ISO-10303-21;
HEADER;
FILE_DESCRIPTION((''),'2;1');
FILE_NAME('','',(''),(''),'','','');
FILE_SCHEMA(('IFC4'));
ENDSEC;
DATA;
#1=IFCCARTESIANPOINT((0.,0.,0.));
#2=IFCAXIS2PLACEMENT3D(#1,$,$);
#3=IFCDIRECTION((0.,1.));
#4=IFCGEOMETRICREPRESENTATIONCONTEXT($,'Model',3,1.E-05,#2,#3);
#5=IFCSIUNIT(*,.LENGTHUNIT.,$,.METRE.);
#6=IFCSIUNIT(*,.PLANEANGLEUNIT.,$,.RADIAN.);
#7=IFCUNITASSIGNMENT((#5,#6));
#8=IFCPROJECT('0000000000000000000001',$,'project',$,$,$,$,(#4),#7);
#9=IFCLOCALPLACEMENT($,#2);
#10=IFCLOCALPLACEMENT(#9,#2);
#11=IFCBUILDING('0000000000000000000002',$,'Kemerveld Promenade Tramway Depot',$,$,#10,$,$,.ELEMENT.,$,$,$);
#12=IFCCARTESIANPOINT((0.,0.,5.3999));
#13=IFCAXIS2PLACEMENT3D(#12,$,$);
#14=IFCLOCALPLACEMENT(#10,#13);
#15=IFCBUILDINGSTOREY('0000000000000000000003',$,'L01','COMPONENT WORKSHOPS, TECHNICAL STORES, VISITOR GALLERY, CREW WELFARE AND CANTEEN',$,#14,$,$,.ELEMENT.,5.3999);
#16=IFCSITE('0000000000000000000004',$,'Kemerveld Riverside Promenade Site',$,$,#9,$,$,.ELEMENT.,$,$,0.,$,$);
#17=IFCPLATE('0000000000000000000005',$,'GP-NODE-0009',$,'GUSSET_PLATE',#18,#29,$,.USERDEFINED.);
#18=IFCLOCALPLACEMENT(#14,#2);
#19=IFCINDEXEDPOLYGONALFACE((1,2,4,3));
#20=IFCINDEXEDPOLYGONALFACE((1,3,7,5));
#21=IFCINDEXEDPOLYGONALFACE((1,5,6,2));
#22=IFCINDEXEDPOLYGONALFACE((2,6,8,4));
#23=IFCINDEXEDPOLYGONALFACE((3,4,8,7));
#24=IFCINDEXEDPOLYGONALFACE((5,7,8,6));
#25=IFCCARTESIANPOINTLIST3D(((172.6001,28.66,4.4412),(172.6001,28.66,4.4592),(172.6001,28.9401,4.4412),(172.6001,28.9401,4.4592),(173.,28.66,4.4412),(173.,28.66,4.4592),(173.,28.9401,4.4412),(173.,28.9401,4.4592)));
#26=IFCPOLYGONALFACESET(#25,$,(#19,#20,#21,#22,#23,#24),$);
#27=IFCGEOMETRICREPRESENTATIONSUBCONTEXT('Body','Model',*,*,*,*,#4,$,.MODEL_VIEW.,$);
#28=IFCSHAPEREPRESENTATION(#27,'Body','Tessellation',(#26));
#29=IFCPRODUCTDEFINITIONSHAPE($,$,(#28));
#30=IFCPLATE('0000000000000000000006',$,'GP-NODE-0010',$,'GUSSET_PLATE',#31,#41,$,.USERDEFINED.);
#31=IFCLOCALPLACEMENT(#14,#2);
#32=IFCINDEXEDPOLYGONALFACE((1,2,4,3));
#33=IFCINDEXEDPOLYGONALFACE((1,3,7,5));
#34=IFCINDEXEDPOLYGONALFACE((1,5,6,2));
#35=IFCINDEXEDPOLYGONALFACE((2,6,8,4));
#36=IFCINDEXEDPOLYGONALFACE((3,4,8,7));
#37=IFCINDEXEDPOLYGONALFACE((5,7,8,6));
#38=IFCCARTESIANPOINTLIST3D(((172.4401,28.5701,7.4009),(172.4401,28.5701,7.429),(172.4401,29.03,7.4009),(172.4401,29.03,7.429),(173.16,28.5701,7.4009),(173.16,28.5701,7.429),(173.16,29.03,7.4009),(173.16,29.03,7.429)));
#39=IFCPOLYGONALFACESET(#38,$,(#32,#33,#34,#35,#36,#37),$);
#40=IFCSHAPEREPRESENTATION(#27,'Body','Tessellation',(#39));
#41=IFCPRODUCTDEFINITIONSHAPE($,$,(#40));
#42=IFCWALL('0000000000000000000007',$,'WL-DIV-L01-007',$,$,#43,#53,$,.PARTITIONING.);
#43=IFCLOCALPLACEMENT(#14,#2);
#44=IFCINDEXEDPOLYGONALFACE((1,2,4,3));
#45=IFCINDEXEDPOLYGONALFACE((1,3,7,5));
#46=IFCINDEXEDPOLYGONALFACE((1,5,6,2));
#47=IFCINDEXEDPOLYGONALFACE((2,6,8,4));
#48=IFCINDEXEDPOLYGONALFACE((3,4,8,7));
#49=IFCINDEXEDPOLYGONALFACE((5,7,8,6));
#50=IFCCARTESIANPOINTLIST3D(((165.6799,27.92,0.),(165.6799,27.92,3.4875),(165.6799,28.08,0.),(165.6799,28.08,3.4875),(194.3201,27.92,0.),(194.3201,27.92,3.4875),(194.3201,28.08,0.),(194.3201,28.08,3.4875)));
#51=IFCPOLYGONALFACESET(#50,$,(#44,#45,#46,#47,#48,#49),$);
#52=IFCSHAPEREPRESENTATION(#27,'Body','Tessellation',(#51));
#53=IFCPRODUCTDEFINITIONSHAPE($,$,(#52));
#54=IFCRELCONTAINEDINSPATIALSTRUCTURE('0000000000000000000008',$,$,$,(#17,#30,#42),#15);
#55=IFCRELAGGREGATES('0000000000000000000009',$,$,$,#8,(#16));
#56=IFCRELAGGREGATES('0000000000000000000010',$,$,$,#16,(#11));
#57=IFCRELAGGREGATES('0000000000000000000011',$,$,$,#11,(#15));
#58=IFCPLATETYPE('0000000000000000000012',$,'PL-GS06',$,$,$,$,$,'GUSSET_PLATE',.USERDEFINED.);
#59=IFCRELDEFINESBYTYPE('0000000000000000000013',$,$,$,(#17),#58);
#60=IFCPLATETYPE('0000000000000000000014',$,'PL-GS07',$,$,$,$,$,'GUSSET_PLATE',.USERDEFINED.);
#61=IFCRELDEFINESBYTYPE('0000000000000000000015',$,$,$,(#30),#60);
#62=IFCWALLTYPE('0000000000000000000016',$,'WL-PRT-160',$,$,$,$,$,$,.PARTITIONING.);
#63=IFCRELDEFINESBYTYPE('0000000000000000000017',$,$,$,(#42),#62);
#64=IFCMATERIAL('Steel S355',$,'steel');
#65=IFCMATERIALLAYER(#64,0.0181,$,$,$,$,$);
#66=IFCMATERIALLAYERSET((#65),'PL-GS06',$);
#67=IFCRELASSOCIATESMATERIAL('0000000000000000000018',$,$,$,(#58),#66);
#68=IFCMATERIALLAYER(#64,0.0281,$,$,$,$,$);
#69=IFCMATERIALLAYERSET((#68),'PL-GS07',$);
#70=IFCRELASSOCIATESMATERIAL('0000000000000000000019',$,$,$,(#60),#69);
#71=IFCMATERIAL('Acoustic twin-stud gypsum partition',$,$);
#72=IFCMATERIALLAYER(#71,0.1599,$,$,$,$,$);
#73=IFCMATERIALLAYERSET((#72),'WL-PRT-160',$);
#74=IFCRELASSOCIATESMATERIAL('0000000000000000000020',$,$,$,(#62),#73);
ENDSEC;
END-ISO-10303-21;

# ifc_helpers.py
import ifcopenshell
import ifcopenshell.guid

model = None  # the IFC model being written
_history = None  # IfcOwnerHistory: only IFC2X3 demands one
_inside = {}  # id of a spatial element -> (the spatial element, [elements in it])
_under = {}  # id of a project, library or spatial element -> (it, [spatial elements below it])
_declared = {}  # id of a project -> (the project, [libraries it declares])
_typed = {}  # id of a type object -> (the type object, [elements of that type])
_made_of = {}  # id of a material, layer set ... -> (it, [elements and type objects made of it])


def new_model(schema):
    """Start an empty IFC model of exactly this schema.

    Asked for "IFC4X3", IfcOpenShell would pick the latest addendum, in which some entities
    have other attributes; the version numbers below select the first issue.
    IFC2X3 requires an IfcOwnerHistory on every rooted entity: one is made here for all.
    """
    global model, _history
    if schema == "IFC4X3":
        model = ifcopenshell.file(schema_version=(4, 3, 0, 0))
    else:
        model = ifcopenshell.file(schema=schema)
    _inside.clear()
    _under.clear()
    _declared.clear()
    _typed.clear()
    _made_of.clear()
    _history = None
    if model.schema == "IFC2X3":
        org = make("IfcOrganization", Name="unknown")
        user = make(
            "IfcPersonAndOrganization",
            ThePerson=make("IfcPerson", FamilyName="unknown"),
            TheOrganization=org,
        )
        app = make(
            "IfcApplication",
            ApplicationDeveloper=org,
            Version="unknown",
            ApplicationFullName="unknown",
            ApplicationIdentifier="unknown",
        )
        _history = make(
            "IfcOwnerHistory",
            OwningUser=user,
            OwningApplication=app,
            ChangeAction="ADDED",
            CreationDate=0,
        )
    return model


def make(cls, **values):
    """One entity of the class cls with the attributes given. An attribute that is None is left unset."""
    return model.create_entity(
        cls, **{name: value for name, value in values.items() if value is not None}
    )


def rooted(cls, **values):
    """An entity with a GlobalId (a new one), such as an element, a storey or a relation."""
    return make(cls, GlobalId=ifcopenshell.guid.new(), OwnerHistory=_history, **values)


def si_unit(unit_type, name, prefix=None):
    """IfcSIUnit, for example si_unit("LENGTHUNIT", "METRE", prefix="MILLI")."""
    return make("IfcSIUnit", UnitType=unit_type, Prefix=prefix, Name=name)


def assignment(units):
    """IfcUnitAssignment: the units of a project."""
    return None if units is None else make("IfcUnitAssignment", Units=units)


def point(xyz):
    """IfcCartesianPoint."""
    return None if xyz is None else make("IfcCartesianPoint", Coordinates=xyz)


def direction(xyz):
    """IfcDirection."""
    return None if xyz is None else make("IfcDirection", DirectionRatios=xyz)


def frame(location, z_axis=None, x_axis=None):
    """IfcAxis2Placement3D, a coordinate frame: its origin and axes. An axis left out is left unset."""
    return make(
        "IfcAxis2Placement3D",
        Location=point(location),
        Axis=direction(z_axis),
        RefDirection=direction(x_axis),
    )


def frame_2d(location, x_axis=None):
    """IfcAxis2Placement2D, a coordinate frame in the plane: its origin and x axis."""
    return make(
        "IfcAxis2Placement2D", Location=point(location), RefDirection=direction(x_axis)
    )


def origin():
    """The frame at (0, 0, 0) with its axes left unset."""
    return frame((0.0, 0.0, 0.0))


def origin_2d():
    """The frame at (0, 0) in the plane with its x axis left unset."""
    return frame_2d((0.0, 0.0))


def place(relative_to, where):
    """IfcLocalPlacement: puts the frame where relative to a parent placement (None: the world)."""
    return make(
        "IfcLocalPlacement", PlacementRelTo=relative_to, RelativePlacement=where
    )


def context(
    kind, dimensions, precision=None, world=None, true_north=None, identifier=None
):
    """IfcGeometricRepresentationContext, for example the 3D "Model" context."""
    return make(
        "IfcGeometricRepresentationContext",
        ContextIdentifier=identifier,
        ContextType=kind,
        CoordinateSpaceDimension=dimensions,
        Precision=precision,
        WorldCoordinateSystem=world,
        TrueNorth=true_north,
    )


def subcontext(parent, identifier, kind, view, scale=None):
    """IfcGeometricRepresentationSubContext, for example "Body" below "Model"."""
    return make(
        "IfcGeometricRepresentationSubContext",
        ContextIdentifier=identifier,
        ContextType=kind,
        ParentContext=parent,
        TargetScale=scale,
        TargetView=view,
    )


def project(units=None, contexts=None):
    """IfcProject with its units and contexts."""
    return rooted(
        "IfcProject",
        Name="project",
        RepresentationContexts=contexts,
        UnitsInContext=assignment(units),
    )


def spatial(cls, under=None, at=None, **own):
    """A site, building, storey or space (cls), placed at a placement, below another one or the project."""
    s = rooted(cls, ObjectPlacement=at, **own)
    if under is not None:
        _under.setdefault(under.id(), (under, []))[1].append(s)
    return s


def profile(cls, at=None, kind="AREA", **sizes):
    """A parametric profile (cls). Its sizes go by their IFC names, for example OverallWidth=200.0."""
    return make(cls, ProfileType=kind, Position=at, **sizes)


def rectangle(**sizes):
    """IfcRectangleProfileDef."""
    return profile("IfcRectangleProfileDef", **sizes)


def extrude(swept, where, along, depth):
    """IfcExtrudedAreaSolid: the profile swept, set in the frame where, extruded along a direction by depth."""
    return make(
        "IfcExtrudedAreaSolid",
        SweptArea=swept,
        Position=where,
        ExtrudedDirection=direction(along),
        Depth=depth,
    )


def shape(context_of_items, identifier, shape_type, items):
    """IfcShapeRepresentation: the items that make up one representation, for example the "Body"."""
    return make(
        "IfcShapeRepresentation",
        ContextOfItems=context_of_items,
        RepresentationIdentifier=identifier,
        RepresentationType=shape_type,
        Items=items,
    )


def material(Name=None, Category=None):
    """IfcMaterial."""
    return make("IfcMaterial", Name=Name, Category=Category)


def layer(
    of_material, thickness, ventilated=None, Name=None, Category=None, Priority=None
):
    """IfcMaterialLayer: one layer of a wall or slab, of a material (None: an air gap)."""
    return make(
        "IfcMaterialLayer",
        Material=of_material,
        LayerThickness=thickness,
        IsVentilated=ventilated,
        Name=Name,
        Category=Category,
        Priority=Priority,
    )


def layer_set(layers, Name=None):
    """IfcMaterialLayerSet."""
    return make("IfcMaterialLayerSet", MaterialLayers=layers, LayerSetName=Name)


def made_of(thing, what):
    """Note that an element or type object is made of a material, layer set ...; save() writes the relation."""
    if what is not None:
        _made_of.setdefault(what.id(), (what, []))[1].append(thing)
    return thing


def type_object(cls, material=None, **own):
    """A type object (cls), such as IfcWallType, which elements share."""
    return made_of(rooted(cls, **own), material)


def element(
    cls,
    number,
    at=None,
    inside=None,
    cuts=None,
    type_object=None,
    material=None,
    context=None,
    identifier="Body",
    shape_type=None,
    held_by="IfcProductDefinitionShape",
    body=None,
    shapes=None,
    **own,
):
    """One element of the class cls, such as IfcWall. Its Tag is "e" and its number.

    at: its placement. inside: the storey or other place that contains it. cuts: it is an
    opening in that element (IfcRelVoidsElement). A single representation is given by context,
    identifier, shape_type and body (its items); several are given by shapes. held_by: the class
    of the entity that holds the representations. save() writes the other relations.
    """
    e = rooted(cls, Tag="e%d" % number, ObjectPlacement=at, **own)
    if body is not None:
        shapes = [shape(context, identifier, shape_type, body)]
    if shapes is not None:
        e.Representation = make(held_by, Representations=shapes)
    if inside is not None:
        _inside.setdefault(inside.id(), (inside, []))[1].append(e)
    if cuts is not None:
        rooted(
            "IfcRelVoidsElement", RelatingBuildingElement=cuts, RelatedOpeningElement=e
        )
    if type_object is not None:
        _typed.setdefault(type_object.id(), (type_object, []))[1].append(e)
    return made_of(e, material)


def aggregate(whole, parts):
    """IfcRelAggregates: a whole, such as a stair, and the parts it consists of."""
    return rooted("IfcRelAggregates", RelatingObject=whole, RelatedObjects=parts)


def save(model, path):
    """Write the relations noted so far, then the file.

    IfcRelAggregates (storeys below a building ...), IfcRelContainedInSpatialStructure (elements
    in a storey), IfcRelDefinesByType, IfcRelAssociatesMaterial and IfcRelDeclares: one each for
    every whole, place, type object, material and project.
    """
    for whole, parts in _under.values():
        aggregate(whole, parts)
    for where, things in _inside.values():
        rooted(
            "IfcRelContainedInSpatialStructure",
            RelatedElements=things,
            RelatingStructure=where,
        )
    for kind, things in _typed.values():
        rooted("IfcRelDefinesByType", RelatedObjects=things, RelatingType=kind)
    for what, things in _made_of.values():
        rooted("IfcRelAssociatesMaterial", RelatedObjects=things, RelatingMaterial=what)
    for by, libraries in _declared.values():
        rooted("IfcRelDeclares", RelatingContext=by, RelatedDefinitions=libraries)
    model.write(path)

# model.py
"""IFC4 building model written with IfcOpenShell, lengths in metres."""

from ifc_helpers import new_model, si_unit, direction, frame, frame_2d, origin, origin_2d, place, context, subcontext, project, spatial, rectangle, extrude, material, layer, layer_set, type_object, element, save


model = new_model("IFC4")

# Units and contexts
model_context = context("Model", 3, precision=1e-05, world=origin(), true_north=direction((0.0, 1.0)))
body_context = subcontext(model_context, "Body", "Model", "MODEL_VIEW")
ifc_project = project(units=[si_unit("LENGTHUNIT", "METRE"), si_unit("PLANEANGLEUNIT", "RADIAN")], contexts=[model_context])

# Site, building, storey
site_placement = place(None, origin())
site = spatial("IfcSite", under=ifc_project, at=site_placement, Name="Kemerveld Riverside Promenade Site", CompositionType="ELEMENT", RefElevation=0.0)
building_placement = place(site_placement, origin())
building = spatial("IfcBuilding", under=site, at=building_placement, Name="Kemerveld Promenade Tramway Depot", CompositionType="ELEMENT")
storey_placement = place(building_placement, frame((0.0, 0.0, 5.3999)))
storey = spatial("IfcBuildingStorey", under=building, at=storey_placement, Name="L01", Description="COMPONENT WORKSHOPS, TECHNICAL STORES, VISITOR GALLERY, CREW WELFARE AND CANTEEN", CompositionType="ELEMENT", Elevation=5.3999)

# Shared definitions
ifc_material_1 = material(Name="Steel S355", Category="steel")

# Plates
ifc_layer_1 = layer(ifc_material_1, 0.0181)
ifc_layer_set_1 = layer_set([ifc_layer_1], Name="PL-GS06")
plate_type_1 = type_object("IfcPlateType", Name="PL-GS06", ElementType="GUSSET_PLATE", PredefinedType="USERDEFINED", material=ifc_layer_set_1)
plate_1_placement = place(storey_placement, frame((172.8, 28.8, 4.4412), z_axis=(0.0, 0.0, 1.0), x_axis=(1.0, 0.0, 0.0)))
element("IfcPlate", 1, at=plate_1_placement, inside=storey, type_object=plate_type_1, Name="GP-NODE-0009", ObjectType="GUSSET_PLATE", PredefinedType="USERDEFINED", context=body_context, shape_type="SweptSolid", body=[
    extrude(rectangle(XDim=0.3999, YDim=0.28, at=origin_2d()), origin(), (0.0, 0.0, 1.0), 0.0181),
])
ifc_layer_2 = layer(ifc_material_1, 0.0281)
ifc_layer_set_2 = layer_set([ifc_layer_2], Name="PL-GS07")
plate_type_2 = type_object("IfcPlateType", Name="PL-GS07", ElementType="GUSSET_PLATE", PredefinedType="USERDEFINED", material=ifc_layer_set_2)
plate_2_placement = place(storey_placement, frame((172.8, 28.8, 7.4009), z_axis=(0.0, 0.0, 1.0), x_axis=(1.0, 0.0, 0.0)))
element("IfcPlate", 2, at=plate_2_placement, inside=storey, type_object=plate_type_2, Name="GP-NODE-0010", ObjectType="GUSSET_PLATE", PredefinedType="USERDEFINED", context=body_context, shape_type="SweptSolid", body=[
    extrude(rectangle(XDim=0.72, YDim=0.46, at=origin_2d()), origin(), (0.0, 0.0, 1.0), 0.0281),
])

# Wall
ifc_material_2 = material(Name="Acoustic twin-stud gypsum partition")
ifc_layer_3 = layer(ifc_material_2, 0.1599)
ifc_layer_set_3 = layer_set([ifc_layer_3], Name="WL-PRT-160")
wall_type = type_object("IfcWallType", Name="WL-PRT-160", PredefinedType="PARTITIONING", material=ifc_layer_set_3)
wall_placement = place(storey_placement, frame((165.6799, 28.0, 0.0), z_axis=(0.0, 0.0, 1.0), x_axis=(1.0, 0.0, 0.0)))
element("IfcWall", 3, at=wall_placement, inside=storey, type_object=wall_type, Name="WL-DIV-L01-007", PredefinedType="PARTITIONING", context=body_context, shape_type="SweptSolid", body=[
    extrude(rectangle(XDim=28.6401, YDim=0.1599, at=frame_2d((14.3201, 0.0))), origin(), (0.0, 0.0, 1.0), 3.4875),
])

save(model, "model.ifc")
